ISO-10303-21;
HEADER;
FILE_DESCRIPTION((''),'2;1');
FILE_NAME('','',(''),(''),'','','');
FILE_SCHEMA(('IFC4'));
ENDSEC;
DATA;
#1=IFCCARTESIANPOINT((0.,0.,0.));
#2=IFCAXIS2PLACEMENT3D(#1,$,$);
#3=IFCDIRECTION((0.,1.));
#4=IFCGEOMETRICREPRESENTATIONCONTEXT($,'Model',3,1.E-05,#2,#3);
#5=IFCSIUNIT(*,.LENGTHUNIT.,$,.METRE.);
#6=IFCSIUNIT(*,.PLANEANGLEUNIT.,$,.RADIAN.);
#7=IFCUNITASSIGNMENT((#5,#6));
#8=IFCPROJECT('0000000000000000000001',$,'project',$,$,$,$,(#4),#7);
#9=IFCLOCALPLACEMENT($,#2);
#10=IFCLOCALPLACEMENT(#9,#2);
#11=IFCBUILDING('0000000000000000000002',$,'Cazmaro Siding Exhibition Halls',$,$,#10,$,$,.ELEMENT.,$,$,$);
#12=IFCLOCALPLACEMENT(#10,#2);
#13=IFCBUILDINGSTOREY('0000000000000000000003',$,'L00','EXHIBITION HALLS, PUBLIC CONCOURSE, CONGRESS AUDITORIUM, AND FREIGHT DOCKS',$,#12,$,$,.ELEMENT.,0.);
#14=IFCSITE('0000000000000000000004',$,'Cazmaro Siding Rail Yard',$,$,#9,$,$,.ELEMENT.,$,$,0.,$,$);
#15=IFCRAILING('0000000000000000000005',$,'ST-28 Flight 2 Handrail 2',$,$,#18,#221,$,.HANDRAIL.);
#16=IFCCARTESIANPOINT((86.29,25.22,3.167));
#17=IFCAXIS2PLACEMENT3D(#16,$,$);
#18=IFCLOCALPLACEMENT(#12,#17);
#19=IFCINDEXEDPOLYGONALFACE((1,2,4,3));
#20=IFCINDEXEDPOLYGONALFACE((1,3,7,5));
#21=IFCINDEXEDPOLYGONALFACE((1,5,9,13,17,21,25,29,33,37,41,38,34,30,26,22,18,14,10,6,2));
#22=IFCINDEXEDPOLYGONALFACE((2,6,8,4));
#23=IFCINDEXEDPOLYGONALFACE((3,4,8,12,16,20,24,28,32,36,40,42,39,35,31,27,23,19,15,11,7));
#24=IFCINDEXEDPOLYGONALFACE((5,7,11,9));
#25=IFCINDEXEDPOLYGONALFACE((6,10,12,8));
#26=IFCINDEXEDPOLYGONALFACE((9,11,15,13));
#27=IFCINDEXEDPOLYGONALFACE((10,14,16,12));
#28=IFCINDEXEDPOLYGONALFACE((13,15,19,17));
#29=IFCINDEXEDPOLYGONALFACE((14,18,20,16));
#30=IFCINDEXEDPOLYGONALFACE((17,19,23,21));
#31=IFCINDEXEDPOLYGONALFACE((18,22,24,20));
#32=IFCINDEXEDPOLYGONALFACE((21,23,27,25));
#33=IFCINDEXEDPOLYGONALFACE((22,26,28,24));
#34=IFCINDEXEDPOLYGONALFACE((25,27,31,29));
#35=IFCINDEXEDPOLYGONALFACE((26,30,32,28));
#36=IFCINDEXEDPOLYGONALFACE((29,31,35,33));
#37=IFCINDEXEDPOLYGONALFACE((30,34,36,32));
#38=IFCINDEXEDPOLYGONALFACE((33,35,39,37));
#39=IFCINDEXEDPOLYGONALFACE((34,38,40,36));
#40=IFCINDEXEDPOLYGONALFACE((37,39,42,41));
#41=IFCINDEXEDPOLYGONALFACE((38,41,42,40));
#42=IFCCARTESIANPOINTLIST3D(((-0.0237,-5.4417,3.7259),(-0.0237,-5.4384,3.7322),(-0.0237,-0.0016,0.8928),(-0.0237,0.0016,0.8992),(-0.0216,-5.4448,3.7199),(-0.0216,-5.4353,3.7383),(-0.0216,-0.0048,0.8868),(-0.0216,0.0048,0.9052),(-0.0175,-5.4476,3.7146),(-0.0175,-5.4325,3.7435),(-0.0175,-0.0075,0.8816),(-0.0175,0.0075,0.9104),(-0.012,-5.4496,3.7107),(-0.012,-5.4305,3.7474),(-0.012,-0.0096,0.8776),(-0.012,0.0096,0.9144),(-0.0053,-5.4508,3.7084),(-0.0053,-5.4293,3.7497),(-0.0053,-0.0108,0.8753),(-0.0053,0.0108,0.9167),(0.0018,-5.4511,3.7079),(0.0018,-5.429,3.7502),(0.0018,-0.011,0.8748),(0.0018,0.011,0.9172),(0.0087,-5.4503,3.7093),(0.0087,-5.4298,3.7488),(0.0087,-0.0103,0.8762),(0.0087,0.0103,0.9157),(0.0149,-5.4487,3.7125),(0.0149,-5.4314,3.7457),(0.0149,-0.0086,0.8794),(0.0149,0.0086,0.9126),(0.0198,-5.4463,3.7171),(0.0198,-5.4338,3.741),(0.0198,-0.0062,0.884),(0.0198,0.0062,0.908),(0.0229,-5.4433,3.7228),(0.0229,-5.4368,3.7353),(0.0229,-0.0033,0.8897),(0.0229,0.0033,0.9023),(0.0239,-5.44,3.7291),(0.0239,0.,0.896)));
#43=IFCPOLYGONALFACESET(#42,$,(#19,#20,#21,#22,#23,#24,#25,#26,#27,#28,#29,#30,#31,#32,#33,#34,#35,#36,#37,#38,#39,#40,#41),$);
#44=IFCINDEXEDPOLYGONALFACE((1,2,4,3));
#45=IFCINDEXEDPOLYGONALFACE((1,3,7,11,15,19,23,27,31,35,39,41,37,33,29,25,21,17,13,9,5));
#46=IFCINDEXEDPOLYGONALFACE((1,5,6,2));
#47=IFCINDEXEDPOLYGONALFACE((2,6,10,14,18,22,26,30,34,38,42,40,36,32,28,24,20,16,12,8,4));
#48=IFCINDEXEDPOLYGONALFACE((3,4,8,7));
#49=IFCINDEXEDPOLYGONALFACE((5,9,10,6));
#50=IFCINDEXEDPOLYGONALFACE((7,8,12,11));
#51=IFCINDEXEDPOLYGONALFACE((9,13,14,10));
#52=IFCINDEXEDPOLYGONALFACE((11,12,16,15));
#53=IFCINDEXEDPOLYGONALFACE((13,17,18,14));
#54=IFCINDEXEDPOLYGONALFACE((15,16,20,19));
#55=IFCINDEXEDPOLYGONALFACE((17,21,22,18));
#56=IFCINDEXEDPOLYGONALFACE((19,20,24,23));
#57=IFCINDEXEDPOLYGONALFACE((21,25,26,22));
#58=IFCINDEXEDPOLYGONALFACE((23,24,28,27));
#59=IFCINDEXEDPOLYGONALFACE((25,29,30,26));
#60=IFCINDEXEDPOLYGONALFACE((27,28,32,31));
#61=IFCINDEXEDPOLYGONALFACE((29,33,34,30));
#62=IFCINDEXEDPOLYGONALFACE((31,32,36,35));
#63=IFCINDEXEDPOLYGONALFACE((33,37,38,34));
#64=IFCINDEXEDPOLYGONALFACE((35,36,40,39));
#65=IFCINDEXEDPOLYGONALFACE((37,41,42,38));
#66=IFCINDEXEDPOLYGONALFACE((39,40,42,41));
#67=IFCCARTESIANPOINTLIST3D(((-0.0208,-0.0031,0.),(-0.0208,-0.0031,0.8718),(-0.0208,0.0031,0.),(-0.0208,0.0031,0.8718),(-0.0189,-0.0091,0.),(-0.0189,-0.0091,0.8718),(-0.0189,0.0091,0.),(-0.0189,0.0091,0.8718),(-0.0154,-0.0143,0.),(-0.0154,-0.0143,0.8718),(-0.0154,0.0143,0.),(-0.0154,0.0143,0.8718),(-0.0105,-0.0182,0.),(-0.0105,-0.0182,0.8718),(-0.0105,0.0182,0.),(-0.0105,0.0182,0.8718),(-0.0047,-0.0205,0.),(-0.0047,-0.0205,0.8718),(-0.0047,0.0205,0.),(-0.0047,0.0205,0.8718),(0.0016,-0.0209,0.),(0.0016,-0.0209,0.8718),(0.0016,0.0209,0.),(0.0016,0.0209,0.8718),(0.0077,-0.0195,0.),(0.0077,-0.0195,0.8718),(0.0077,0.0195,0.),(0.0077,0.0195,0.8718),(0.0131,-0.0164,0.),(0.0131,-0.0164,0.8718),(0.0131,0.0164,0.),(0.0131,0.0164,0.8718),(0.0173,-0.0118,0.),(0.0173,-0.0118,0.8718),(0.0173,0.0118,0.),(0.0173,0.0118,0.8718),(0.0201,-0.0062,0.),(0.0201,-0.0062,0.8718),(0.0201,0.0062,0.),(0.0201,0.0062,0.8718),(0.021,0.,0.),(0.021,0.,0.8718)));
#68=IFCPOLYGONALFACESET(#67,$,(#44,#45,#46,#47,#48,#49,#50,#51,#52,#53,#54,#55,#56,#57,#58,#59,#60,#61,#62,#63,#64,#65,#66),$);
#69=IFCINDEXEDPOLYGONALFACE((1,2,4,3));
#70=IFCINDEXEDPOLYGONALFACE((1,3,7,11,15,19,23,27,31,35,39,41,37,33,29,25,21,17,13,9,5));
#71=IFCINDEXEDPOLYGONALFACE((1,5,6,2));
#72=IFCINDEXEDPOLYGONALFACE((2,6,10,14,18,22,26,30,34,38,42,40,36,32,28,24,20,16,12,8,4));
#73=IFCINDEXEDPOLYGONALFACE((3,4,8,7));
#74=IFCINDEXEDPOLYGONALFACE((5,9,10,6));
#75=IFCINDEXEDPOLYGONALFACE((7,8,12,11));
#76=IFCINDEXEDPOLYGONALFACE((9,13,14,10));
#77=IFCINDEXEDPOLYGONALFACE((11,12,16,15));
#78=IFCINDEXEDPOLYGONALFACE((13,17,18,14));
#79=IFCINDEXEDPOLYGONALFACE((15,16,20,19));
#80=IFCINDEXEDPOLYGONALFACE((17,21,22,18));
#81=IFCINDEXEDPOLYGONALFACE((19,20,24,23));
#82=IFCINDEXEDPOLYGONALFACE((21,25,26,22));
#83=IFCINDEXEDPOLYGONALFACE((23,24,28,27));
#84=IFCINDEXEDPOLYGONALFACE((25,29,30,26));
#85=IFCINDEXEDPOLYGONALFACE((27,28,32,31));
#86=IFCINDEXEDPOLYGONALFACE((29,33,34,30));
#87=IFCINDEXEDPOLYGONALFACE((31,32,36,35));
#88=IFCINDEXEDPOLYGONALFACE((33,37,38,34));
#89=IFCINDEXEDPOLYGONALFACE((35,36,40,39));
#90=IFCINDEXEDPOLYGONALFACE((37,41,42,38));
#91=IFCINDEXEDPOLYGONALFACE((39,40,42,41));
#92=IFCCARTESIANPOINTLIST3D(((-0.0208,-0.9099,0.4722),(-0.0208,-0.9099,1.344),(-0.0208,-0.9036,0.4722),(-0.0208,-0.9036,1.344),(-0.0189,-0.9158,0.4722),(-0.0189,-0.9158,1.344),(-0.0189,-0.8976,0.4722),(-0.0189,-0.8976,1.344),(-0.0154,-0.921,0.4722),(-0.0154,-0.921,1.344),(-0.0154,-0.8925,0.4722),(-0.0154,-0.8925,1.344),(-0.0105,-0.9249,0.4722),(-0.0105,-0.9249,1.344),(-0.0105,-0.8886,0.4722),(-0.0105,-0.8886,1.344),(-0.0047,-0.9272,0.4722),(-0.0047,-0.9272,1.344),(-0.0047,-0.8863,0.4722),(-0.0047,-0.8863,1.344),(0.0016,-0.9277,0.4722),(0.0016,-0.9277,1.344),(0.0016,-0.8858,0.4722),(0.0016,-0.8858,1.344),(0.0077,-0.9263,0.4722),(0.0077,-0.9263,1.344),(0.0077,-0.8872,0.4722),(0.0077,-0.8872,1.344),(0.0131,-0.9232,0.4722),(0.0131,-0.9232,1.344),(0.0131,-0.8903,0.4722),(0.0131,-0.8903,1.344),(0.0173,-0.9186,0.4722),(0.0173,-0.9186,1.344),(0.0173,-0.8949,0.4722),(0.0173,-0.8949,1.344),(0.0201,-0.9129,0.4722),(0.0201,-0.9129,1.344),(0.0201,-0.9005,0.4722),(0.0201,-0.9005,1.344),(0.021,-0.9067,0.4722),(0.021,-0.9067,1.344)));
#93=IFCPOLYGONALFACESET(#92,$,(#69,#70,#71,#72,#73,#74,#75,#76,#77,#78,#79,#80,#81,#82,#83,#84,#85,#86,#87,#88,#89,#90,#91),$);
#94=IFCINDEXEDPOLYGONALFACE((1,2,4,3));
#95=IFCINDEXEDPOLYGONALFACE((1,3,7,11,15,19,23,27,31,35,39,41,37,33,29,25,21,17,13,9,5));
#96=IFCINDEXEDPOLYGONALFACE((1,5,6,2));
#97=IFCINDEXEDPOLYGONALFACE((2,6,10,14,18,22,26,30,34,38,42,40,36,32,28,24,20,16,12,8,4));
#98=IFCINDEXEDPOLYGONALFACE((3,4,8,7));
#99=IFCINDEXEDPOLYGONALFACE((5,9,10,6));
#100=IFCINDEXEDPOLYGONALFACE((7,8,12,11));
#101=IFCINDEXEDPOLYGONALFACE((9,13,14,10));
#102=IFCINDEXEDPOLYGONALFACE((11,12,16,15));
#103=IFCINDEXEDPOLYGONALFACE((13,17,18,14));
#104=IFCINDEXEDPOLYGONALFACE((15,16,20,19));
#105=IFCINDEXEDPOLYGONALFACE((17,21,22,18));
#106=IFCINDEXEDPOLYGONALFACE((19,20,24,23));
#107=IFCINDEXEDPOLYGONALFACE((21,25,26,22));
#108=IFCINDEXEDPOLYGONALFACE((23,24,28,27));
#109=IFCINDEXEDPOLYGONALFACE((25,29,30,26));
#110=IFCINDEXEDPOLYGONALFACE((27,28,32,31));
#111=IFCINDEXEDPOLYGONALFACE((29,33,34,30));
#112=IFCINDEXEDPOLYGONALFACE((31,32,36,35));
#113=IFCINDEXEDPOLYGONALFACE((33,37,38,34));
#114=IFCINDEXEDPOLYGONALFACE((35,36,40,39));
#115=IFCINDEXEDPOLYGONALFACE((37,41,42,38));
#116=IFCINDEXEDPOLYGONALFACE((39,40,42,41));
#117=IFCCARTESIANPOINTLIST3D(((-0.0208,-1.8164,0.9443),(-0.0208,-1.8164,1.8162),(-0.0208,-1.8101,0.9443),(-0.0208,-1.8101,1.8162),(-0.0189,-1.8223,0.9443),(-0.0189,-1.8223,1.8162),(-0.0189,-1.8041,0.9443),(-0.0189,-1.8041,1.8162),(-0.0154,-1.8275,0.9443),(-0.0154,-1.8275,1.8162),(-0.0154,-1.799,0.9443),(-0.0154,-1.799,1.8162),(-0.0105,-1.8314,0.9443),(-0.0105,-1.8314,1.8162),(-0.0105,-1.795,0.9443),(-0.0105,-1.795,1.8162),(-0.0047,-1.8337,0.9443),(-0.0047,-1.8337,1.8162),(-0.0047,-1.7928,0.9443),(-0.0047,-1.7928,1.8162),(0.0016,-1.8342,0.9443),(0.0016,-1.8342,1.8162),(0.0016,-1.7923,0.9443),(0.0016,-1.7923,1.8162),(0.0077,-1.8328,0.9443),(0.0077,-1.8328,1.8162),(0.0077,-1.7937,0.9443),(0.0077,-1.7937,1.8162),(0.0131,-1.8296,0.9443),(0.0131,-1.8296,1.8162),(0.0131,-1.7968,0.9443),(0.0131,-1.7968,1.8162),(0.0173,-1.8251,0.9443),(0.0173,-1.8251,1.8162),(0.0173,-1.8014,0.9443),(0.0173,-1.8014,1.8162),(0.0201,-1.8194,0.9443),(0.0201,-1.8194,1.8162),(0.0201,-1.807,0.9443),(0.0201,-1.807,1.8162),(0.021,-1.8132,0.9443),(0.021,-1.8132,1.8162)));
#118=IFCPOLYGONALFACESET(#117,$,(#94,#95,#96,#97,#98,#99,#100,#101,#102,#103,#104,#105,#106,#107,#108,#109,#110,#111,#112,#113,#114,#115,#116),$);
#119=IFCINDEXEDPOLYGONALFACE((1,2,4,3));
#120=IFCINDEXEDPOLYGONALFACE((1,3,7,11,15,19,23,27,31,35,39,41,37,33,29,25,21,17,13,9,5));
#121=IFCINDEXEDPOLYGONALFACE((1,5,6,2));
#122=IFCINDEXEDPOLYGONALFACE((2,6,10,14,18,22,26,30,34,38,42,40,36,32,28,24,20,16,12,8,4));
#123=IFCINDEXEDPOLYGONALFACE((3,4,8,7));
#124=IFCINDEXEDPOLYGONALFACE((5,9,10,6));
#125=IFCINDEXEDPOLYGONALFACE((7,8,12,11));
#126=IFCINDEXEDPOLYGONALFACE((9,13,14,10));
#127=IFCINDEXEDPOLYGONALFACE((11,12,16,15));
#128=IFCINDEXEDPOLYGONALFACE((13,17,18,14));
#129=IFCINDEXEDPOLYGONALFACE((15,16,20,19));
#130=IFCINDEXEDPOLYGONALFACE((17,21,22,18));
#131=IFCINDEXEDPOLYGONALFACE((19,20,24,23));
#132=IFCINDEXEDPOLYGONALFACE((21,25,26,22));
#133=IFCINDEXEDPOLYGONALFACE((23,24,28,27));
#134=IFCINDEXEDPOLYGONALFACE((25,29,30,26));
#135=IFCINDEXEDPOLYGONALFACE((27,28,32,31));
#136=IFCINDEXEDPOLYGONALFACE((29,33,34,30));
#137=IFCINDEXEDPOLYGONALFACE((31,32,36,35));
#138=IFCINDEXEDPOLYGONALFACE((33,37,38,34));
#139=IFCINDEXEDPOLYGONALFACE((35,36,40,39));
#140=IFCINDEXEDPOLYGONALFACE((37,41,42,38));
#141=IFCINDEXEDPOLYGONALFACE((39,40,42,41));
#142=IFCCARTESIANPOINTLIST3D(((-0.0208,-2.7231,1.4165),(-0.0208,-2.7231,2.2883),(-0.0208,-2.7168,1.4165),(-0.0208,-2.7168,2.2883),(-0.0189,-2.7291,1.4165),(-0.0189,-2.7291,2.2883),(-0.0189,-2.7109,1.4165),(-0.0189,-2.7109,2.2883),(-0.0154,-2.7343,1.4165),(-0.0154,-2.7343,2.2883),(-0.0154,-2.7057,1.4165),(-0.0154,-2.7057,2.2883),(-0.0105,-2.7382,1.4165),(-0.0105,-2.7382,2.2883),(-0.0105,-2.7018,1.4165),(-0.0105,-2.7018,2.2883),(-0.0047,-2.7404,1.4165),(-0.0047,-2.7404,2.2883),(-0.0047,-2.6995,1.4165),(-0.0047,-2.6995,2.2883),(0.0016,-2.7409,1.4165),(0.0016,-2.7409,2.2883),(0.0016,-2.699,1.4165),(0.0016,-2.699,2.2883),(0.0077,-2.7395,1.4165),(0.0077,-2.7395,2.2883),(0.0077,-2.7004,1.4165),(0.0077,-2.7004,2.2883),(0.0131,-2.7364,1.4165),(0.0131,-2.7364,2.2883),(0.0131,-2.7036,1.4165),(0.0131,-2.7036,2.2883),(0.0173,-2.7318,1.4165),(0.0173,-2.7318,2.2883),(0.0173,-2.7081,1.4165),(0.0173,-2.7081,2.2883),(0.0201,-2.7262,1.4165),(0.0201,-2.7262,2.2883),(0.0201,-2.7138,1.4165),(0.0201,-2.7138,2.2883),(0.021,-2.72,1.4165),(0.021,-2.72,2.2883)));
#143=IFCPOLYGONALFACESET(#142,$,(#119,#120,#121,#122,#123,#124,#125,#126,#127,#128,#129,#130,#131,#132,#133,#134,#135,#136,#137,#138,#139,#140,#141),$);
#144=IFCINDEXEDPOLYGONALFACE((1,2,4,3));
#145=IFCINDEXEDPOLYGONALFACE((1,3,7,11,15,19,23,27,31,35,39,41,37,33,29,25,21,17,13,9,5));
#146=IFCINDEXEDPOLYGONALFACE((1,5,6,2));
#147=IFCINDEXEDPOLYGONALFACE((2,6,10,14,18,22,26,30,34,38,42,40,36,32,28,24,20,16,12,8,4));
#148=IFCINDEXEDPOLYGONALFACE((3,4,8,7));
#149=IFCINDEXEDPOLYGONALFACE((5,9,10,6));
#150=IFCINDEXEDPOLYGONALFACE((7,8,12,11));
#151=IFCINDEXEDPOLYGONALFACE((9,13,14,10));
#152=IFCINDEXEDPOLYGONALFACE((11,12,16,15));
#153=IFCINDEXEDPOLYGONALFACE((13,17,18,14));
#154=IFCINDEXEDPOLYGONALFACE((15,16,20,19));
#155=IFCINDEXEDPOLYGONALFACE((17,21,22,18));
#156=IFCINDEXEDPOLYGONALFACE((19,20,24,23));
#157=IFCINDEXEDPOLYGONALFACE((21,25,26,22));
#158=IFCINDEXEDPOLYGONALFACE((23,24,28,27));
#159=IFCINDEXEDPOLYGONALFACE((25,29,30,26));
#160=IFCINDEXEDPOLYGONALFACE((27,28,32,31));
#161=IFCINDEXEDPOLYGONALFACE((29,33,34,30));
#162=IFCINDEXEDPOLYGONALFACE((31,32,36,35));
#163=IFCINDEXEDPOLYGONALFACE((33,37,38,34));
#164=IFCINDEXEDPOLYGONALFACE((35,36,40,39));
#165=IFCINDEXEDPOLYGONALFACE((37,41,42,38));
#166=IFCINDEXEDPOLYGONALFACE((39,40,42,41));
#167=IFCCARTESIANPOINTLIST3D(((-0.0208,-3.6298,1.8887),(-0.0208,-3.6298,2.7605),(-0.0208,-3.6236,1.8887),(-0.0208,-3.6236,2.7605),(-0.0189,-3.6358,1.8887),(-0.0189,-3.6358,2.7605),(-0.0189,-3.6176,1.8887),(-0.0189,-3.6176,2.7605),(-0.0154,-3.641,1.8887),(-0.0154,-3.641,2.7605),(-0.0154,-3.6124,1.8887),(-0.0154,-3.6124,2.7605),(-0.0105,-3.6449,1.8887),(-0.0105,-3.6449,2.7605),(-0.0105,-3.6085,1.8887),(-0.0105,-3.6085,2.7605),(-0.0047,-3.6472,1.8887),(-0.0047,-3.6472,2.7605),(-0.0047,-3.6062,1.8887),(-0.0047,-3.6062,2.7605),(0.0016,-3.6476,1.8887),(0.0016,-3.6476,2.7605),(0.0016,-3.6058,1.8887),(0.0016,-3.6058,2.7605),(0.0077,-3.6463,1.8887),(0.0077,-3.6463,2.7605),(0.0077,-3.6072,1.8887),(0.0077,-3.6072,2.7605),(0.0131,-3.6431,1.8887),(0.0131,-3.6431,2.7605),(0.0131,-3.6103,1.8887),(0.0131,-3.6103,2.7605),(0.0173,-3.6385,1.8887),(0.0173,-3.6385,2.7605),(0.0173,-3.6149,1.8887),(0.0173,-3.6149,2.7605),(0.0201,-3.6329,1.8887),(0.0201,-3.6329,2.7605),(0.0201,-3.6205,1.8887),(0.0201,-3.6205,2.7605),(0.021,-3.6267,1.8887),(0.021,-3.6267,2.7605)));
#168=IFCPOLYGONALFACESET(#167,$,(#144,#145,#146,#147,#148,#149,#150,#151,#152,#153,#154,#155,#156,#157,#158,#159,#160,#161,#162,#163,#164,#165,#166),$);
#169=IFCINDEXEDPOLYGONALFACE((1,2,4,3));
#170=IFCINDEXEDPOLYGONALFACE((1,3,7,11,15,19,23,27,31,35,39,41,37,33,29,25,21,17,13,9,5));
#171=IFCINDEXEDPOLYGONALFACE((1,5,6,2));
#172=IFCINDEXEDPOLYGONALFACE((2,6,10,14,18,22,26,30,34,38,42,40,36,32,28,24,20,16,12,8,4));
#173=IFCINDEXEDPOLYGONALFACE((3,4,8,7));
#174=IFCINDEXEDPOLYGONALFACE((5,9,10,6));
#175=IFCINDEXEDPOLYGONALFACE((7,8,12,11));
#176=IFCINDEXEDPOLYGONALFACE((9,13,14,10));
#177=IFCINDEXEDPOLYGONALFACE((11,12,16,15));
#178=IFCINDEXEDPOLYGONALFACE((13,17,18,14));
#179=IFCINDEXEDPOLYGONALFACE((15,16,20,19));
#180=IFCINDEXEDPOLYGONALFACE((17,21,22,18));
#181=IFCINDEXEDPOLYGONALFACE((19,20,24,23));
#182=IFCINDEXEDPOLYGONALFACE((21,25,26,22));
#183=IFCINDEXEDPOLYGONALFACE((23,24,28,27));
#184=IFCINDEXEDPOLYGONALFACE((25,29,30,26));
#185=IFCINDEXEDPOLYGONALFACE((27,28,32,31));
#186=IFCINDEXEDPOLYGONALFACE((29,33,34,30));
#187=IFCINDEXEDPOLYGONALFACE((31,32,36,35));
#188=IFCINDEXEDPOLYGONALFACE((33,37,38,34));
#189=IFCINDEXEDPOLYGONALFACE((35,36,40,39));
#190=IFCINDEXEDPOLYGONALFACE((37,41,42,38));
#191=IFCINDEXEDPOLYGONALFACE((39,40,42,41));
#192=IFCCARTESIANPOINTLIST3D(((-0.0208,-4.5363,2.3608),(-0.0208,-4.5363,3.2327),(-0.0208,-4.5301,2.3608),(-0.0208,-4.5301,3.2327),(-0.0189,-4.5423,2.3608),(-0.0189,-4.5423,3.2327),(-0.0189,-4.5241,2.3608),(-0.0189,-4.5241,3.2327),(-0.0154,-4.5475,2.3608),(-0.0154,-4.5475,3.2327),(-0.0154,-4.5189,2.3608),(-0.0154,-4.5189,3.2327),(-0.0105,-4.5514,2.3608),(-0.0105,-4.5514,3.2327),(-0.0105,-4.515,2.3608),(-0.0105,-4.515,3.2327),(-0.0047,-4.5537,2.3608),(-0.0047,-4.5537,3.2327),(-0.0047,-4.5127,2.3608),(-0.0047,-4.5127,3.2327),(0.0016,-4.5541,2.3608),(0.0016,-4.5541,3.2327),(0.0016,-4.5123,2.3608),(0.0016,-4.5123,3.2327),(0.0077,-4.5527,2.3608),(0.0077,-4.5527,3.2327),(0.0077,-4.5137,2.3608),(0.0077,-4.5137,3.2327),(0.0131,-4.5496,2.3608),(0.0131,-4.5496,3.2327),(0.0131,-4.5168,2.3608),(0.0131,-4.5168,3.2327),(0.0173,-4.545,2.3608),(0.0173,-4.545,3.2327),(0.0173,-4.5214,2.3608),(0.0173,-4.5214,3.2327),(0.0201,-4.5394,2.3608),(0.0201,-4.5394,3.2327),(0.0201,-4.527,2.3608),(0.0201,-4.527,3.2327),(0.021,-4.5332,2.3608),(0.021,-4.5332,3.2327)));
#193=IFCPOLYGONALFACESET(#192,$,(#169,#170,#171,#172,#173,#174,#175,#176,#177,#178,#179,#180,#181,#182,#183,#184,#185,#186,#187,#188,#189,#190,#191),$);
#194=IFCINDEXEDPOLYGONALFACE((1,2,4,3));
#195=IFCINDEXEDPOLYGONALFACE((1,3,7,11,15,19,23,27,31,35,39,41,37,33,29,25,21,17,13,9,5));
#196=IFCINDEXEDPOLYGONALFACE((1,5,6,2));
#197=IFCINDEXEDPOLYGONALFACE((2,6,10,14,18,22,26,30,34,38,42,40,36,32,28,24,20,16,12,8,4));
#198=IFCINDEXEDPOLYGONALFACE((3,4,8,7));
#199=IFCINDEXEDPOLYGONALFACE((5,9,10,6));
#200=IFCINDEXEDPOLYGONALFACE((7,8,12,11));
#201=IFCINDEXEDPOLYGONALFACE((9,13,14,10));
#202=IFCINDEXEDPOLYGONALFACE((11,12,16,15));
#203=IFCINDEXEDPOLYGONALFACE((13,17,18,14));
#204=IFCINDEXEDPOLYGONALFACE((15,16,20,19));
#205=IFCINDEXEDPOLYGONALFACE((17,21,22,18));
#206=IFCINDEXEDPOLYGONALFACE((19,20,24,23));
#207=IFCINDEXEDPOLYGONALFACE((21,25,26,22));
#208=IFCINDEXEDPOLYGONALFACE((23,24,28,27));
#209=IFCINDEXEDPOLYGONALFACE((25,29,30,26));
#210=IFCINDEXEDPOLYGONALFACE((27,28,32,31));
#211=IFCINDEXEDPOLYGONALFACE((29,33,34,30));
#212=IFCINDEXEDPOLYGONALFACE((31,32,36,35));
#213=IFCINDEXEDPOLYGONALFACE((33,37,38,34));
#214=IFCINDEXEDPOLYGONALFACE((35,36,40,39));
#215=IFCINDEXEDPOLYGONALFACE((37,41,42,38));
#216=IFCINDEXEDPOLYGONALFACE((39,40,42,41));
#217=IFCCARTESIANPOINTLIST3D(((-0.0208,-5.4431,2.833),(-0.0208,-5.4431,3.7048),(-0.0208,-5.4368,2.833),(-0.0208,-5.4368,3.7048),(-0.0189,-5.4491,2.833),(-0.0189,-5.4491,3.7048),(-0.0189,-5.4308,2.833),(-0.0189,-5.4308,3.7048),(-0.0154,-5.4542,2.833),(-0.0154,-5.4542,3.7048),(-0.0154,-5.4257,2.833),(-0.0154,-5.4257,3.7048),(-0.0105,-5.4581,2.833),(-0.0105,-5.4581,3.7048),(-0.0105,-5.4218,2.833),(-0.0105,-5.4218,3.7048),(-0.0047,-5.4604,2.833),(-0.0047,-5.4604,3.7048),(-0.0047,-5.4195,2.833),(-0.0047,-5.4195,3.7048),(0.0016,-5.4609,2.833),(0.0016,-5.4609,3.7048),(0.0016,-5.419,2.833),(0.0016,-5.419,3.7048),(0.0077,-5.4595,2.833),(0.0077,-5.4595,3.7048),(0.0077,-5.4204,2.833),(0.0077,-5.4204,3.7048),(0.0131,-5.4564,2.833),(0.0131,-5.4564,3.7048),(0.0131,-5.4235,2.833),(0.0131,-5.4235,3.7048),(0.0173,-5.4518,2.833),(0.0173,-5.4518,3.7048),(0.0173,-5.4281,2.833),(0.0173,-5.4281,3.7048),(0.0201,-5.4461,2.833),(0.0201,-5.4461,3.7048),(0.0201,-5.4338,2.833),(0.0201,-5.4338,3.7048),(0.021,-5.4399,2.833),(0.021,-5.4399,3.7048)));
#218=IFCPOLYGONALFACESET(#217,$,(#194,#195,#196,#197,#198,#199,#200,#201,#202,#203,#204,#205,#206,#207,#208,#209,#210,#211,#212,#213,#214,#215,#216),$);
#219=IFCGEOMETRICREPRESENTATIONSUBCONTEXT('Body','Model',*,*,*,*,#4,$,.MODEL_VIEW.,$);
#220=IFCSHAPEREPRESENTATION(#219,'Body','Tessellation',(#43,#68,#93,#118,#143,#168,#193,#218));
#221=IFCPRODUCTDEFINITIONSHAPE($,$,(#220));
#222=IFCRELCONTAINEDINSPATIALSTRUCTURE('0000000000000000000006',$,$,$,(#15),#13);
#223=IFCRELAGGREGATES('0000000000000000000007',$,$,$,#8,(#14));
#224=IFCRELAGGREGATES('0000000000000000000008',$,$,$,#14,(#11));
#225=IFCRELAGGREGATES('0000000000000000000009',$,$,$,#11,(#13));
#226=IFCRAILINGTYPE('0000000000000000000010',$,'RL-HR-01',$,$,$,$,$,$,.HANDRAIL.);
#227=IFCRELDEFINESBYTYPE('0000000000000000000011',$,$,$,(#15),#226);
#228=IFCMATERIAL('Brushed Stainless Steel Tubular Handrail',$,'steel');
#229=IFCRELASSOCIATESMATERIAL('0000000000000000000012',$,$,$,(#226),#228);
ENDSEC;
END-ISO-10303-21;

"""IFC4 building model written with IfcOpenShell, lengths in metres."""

from ifc_helpers import new_model, si_unit, direction, frame, origin, origin_2d, place, context, subcontext, project, spatial, circle, extrude, material, type_object, element, save


model = new_model("IFC4")

# Units and contexts
model_context = context("Model", 3, precision=1e-05, world=origin(), true_north=direction((0.0, 1.0)))
body_context = subcontext(model_context, "Body", "Model", "MODEL_VIEW")
ifc_project = project(units=[si_unit("LENGTHUNIT", "METRE"), si_unit("PLANEANGLEUNIT", "RADIAN")], contexts=[model_context])

# Site, building, storey
site_placement = place(None, origin())
site = spatial("IfcSite", under=ifc_project, at=site_placement, Name="Cazmaro Siding Rail Yard", CompositionType="ELEMENT", RefElevation=0.0)
building_placement = place(site_placement, origin())
building = spatial("IfcBuilding", under=site, at=building_placement, Name="Cazmaro Siding Exhibition Halls", CompositionType="ELEMENT")
storey_placement = place(building_placement, origin())
storey = spatial("IfcBuildingStorey", under=building, at=storey_placement, Name="L00", Description="EXHIBITION HALLS, PUBLIC CONCOURSE, CONGRESS AUDITORIUM, AND FREIGHT DOCKS", CompositionType="ELEMENT", Elevation=0.0)

# Railing
ifc_material_1 = material(Name="Brushed Stainless Steel Tubular Handrail", Category="steel")
railing_type_1 = type_object("IfcRailingType", Name="RL-HR-01", PredefinedType="HANDRAIL", material=ifc_material_1)
railing_1_placement = place(storey_placement, frame((86.29, 25.22, 3.167)))
element("IfcRailing", 1, at=railing_1_placement, inside=storey, type_object=railing_type_1, Name="ST-28 Flight 2 Handrail 2", PredefinedType="HANDRAIL", context=body_context, shape_type="SweptSolid", body=[
    extrude(circle(Radius=0.0239, at=origin_2d()), frame((0.0, 0.0, 0.896), z_axis=(0.0, -0.886934, 0.461897), x_axis=(1.0, 0.0, 0.0)), (0.0, 0.0, 1.0), 6.1335),
    extrude(circle(Radius=0.021, at=origin_2d()), origin(), (0.0, 0.0, 1.0), 0.8718),
    extrude(circle(Radius=0.021, at=origin_2d()), frame((0.0, -0.9067, 0.4722)), (0.0, 0.0, 1.0), 0.8718),
    extrude(circle(Radius=0.021, at=origin_2d()), frame((0.0, -1.8132, 0.9443)), (0.0, 0.0, 1.0), 0.8718),
    extrude(circle(Radius=0.021, at=origin_2d()), frame((0.0, -2.72, 1.4165)), (0.0, 0.0, 1.0), 0.8718),
    extrude(circle(Radius=0.021, at=origin_2d()), frame((0.0, -3.6267, 1.8887)), (0.0, 0.0, 1.0), 0.8718),
    extrude(circle(Radius=0.021, at=origin_2d()), frame((0.0, -4.5332, 2.3608)), (0.0, 0.0, 1.0), 0.8718),
    extrude(circle(Radius=0.021, at=origin_2d()), frame((0.0, -5.4399, 2.833)), (0.0, 0.0, 1.0), 0.8718),
])

save(model, "model.ifc")
